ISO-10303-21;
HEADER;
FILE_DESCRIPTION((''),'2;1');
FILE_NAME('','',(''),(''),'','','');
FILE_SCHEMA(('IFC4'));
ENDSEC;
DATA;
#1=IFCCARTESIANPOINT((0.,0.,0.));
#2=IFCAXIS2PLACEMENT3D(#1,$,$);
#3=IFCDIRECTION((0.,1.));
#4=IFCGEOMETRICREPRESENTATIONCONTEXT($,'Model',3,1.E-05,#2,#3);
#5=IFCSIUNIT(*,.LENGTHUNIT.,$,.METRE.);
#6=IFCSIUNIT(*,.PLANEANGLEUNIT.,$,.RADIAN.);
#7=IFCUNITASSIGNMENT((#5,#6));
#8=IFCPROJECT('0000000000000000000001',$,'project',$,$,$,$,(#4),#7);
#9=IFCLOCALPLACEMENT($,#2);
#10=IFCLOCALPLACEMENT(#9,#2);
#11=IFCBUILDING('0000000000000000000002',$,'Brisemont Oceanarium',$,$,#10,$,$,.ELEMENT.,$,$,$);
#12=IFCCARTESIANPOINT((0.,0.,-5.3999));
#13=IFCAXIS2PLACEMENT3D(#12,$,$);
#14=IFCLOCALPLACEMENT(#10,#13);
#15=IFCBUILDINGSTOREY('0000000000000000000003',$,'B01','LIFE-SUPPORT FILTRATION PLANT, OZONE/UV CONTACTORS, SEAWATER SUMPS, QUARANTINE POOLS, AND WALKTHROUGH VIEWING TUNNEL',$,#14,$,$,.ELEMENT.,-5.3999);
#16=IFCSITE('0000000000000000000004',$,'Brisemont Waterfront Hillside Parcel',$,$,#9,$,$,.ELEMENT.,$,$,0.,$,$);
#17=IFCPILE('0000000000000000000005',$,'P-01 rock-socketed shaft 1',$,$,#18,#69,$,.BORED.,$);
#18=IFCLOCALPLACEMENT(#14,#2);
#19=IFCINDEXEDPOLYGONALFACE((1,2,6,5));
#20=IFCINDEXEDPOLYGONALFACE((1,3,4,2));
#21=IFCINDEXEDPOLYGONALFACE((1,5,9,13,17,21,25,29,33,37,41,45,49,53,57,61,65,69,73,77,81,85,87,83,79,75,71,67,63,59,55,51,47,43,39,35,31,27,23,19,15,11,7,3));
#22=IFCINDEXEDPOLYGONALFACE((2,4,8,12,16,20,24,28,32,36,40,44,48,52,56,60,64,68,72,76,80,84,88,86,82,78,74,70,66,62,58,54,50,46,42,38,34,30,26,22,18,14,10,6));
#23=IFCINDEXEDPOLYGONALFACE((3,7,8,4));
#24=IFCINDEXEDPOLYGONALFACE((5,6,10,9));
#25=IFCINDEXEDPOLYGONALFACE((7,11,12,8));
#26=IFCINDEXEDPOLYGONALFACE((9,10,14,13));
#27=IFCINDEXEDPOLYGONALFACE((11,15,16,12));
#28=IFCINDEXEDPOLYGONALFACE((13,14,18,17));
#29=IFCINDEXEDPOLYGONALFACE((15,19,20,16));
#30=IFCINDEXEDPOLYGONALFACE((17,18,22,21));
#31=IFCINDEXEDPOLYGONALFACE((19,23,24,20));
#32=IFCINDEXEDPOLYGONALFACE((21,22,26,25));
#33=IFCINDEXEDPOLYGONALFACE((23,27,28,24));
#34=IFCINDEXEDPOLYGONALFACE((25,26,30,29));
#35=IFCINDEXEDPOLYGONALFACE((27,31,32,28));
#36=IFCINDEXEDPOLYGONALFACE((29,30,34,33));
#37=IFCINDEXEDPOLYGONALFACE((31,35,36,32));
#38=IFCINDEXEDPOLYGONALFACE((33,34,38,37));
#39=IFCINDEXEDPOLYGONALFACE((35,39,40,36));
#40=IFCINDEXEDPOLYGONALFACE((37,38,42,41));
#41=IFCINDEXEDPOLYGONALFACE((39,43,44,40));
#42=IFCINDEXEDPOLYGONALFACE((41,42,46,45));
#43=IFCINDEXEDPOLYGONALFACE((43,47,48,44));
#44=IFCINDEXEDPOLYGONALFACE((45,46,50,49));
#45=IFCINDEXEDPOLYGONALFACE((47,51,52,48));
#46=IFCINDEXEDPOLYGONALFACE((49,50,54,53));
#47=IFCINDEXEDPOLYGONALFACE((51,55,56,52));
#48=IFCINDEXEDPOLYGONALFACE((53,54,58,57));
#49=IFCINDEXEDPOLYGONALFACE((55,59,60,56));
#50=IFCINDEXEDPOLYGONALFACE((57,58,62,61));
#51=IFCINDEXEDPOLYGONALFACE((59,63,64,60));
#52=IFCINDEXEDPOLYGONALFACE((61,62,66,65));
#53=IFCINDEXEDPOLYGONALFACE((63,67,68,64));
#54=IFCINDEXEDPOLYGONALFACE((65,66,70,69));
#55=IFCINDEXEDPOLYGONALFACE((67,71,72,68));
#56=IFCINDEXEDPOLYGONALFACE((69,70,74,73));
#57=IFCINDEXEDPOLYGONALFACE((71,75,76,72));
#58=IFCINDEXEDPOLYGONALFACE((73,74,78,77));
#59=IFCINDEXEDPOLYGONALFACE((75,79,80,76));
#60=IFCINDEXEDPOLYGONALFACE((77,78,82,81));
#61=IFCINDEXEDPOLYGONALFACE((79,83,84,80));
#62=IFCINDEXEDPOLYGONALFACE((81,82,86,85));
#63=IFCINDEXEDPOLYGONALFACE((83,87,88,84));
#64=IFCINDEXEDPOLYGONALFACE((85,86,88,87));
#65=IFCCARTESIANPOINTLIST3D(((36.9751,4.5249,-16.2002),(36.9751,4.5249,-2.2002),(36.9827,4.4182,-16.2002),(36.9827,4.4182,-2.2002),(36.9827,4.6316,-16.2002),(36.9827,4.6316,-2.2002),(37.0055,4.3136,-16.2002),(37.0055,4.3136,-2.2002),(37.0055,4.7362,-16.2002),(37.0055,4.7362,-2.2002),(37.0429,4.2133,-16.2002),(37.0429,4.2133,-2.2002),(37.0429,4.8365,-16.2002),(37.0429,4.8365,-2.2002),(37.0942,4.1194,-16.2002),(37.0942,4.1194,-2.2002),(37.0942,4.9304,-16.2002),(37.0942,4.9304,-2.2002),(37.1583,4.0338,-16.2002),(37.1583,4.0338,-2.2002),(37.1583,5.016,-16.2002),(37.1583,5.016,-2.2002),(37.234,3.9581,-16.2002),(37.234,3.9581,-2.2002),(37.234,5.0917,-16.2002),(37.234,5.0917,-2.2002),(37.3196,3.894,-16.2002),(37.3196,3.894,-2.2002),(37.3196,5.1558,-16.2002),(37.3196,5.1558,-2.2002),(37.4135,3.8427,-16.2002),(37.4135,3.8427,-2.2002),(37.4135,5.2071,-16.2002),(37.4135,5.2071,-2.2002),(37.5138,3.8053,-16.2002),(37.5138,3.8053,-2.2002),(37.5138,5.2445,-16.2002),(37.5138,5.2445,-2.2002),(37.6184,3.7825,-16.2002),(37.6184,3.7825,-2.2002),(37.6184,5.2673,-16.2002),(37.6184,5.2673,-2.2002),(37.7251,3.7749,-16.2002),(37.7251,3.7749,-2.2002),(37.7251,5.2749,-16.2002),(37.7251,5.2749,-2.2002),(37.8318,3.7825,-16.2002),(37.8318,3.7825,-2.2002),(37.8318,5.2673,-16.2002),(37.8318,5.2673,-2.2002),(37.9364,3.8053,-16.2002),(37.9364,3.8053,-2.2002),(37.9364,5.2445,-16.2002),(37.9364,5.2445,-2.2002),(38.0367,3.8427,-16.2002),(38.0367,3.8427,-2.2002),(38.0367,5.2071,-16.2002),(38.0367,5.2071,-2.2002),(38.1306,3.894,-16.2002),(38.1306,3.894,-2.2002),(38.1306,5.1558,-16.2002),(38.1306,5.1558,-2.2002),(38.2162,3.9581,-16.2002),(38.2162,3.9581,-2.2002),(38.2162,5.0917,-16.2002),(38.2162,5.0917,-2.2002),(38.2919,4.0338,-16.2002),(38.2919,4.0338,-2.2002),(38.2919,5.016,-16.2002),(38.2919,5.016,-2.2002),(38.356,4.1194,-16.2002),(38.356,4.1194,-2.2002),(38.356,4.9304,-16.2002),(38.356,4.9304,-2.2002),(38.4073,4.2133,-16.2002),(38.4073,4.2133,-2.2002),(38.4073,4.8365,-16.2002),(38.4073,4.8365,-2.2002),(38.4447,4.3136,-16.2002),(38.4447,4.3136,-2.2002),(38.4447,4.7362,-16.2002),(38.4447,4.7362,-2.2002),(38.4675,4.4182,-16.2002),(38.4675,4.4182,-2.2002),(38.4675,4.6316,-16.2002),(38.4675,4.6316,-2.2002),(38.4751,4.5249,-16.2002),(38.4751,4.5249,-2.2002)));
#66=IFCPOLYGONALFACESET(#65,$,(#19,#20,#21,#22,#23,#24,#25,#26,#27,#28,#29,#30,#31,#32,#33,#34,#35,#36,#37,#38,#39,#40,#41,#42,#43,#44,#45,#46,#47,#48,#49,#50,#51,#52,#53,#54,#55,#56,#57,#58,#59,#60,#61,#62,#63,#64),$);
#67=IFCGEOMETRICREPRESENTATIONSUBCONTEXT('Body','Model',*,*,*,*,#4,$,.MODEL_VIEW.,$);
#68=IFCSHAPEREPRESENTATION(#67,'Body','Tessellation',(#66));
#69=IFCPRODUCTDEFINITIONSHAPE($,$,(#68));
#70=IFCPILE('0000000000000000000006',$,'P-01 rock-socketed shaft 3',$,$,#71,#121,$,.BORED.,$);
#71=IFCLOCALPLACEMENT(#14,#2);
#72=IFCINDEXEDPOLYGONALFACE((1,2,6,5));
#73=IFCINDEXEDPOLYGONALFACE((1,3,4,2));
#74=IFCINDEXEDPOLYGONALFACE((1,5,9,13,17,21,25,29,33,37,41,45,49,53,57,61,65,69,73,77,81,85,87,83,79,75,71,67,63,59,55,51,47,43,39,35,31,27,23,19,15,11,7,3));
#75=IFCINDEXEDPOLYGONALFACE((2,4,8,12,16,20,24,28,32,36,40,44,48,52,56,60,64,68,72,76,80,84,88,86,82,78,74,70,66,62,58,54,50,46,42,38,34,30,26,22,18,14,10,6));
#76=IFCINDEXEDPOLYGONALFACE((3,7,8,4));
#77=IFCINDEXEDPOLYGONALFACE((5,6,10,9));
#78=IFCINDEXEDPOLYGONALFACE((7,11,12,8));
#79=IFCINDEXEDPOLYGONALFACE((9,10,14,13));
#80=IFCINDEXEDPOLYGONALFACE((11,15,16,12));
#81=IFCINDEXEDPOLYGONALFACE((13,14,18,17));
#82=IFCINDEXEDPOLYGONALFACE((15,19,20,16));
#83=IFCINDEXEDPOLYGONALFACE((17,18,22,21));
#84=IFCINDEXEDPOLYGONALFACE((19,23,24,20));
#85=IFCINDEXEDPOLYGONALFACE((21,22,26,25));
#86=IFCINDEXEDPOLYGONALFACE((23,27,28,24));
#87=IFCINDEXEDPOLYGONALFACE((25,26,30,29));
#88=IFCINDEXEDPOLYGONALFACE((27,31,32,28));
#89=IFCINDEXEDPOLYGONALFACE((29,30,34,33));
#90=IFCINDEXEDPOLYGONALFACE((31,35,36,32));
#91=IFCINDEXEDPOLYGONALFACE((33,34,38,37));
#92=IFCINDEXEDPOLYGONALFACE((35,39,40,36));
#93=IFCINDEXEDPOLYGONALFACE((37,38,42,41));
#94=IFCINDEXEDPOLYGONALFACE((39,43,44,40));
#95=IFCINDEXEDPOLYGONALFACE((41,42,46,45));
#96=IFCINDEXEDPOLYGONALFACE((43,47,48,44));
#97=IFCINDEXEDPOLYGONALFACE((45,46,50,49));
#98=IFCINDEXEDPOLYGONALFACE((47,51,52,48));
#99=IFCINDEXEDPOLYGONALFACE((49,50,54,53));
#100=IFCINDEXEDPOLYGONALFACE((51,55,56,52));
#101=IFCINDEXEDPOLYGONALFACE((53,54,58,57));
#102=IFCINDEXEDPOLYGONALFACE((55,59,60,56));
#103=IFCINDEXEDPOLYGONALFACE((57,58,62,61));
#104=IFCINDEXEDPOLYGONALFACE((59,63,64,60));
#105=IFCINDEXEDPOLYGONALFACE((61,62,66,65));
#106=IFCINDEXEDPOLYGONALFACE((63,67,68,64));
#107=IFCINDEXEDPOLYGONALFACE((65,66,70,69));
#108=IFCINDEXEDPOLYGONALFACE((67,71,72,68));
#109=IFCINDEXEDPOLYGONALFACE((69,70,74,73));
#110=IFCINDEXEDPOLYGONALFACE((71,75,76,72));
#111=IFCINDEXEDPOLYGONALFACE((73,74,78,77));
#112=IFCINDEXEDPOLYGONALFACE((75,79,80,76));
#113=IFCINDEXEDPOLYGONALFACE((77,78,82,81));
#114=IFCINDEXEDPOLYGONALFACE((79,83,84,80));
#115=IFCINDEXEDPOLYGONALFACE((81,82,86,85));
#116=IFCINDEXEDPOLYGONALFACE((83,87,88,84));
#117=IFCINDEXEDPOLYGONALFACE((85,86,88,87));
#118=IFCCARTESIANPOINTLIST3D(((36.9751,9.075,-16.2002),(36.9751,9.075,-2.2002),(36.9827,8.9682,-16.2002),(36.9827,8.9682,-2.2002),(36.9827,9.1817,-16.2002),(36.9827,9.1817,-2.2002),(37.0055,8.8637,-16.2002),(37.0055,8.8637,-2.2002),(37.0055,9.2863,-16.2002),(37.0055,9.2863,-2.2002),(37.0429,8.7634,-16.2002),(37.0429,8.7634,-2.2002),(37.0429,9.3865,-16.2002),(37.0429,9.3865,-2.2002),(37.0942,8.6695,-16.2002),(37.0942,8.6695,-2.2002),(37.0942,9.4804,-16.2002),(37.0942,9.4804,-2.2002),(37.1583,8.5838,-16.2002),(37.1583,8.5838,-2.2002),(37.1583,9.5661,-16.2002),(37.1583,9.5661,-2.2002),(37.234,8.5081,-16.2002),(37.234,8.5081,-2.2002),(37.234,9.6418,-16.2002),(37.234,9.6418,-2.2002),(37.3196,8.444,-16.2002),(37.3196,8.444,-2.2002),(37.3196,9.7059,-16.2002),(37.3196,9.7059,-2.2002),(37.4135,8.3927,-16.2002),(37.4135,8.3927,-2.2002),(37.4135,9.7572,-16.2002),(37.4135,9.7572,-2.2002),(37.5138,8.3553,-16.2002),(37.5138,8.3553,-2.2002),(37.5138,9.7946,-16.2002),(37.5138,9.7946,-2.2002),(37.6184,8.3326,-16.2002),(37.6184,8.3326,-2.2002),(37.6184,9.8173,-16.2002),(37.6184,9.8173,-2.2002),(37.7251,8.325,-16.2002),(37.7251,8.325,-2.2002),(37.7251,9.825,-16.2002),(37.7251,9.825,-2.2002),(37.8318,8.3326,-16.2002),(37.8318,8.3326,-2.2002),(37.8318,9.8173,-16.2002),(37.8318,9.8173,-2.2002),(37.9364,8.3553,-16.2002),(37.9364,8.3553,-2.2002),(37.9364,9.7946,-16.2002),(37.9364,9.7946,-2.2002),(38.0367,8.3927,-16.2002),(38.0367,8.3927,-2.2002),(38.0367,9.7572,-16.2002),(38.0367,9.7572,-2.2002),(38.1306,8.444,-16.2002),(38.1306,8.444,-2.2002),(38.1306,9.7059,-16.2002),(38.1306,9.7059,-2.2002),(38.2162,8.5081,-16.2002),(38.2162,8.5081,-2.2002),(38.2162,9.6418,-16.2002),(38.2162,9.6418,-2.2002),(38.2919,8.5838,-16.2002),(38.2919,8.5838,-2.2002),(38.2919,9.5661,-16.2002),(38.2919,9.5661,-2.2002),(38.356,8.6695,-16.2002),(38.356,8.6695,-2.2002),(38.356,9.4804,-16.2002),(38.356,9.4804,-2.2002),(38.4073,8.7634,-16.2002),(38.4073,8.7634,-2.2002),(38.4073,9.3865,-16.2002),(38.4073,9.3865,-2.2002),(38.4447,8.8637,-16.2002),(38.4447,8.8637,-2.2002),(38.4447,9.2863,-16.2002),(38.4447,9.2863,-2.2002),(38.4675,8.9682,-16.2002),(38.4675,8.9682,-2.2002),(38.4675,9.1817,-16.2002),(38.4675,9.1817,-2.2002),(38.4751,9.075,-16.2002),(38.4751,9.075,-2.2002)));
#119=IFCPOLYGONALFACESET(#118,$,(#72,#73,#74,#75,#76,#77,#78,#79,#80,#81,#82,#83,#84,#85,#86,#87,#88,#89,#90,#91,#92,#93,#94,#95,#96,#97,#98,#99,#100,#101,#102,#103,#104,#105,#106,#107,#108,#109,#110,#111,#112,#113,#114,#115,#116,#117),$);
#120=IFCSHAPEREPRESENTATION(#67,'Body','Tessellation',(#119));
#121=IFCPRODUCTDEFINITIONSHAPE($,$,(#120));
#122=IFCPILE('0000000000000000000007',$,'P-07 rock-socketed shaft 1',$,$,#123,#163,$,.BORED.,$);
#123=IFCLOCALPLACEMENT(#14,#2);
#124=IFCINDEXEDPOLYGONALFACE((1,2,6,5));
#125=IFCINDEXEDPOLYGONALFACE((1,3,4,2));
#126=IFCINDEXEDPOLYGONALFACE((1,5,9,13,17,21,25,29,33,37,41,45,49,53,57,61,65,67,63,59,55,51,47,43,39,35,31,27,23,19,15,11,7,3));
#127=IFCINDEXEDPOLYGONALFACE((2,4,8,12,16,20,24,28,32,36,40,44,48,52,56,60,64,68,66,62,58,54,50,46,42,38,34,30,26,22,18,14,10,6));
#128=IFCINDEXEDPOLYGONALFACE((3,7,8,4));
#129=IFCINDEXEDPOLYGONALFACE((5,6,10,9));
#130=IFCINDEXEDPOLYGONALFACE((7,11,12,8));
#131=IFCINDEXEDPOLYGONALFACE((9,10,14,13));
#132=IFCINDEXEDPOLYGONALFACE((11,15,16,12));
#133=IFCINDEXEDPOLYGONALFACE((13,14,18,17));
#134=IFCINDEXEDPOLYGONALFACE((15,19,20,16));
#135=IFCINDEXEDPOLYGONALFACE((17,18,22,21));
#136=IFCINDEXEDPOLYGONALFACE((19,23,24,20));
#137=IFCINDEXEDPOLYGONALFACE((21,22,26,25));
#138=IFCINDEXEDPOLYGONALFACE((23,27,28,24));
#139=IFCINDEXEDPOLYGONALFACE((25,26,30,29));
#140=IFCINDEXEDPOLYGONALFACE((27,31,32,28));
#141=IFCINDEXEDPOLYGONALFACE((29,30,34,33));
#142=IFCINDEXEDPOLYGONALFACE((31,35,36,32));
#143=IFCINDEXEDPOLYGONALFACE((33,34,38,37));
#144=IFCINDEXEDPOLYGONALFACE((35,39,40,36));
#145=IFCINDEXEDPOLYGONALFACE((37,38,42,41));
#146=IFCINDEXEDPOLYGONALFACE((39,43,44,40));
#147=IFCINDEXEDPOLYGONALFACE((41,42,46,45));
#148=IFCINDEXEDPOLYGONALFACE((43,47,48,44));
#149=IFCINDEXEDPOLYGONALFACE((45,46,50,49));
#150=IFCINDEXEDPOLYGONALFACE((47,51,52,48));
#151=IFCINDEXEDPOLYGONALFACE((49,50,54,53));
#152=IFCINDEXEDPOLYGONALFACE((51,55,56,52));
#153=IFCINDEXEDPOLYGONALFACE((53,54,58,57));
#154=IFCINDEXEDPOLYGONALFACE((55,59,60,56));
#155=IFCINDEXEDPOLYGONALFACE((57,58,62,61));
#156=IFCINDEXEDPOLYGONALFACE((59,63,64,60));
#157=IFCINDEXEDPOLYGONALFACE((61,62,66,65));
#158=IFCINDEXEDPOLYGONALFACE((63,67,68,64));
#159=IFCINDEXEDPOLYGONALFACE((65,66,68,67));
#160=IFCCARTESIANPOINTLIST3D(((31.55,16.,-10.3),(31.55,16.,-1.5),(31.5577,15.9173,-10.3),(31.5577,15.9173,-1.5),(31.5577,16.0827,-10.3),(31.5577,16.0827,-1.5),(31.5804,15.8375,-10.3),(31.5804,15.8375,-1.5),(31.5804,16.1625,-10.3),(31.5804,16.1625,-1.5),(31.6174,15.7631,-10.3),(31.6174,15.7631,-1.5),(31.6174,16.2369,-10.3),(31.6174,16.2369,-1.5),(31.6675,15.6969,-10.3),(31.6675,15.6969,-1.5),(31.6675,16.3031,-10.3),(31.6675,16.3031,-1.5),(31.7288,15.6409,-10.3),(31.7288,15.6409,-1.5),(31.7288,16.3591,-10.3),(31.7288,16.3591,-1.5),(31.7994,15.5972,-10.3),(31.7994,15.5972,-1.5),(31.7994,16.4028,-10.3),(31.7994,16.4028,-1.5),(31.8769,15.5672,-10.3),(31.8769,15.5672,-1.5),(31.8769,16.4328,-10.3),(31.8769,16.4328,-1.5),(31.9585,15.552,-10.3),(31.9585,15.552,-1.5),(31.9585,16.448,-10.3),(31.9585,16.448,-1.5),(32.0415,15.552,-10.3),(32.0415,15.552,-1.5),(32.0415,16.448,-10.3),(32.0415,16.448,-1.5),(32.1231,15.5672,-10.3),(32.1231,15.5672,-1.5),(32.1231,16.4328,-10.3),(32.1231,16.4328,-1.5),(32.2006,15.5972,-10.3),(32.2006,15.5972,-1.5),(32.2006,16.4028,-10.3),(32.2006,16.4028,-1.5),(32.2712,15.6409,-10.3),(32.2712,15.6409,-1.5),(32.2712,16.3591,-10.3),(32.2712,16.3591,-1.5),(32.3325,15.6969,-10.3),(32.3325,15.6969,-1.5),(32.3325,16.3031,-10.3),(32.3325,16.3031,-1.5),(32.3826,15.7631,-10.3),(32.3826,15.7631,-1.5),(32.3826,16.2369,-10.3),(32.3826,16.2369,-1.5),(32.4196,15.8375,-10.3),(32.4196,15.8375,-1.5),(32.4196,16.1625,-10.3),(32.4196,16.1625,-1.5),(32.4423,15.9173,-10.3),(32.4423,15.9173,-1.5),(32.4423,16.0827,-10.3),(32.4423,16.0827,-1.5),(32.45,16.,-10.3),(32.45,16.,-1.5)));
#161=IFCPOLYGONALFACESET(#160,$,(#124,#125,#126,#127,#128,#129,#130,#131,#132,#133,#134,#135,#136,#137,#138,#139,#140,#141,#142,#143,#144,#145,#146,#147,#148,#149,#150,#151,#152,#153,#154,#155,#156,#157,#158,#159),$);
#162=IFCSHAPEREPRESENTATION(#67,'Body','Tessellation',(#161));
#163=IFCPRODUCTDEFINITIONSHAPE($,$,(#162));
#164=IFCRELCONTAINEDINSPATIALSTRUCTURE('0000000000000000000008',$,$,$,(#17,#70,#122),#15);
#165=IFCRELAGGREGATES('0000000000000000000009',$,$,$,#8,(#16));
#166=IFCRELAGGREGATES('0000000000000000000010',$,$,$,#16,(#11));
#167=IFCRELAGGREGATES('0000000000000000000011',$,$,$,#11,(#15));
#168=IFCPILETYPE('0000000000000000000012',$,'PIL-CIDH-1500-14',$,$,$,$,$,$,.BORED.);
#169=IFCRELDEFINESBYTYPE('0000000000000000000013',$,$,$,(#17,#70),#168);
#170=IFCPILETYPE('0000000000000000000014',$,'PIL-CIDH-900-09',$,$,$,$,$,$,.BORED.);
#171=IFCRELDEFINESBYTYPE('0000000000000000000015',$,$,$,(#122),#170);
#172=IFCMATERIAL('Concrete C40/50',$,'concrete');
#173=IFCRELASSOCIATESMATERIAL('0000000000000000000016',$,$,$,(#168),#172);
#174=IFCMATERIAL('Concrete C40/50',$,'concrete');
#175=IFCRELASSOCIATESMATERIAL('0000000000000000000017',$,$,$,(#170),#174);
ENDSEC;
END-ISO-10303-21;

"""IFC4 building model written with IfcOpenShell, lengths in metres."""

from ifc_helpers import new_model, si_unit, direction, frame, origin, origin_2d, place, context, subcontext, project, spatial, circle, extrude, material, material_profile, profile_set, type_object, element, save


model = new_model("IFC4")

# Units and contexts
model_context = context("Model", 3, precision=1e-05, world=origin(), true_north=direction((0.0, 1.0)))
body_context = subcontext(model_context, "Body", "Model", "MODEL_VIEW")
ifc_project = project(units=[si_unit("LENGTHUNIT", "METRE"), si_unit("PLANEANGLEUNIT", "RADIAN")], contexts=[model_context])

# Site, building, storey
site_placement = place(None, origin())
site = spatial("IfcSite", under=ifc_project, at=site_placement, Name="Brisemont Waterfront Hillside Parcel", CompositionType="ELEMENT", RefElevation=0.0)
building_placement = place(site_placement, origin())
building = spatial("IfcBuilding", under=site, at=building_placement, Name="Brisemont Oceanarium", CompositionType="ELEMENT")
storey_placement = place(building_placement, frame((0.0, 0.0, -5.3999)))
storey = spatial("IfcBuildingStorey", under=building, at=storey_placement, Name="B01", Description="LIFE-SUPPORT FILTRATION PLANT, OZONE/UV CONTACTORS, SEAWATER SUMPS, QUARANTINE POOLS, AND WALKTHROUGH VIEWING TUNNEL", CompositionType="ELEMENT", Elevation=-5.3999)

# Piles
ifc_material_1 = material(Name="Concrete C40/50", Category="concrete")
ifc_material_profile_1 = material_profile(ifc_material_1, circle(Radius=0.75, at=origin_2d()), Name="CIDH-D1500")
ifc_profile_set_1 = profile_set([ifc_material_profile_1], Name="Concrete C40/50")
pile_type_1 = type_object("IfcPileType", Name="PIL-CIDH-1500-14", PredefinedType="BORED", material=ifc_profile_set_1)
for number, where, z_axis, x_axis, name in (
    (1, (37.7251, 4.5249, -2.2002), (0.0, 0.0, -1.0), (1.0, 0.0, 0.0), "P-01 rock-socketed shaft 1"),
    (2, (37.7251, 9.075, -2.2002), (0.0, 0.0, -1.0), (1.0, 0.0, 0.0), "P-01 rock-socketed shaft 3"),
):
    element("IfcPile", number, at=place(storey_placement, frame(where, z_axis=z_axis, x_axis=x_axis)), inside=storey, type_object=pile_type_1, Name=name, PredefinedType="BORED", context=body_context, shape_type="SweptSolid", body=[
        extrude(circle(Radius=0.75, at=origin_2d()), origin(), (0.0, 0.0, 1.0), 14.0),
    ])
ifc_material_2 = material(Name="Concrete C40/50", Category="concrete")
ifc_material_profile_2 = material_profile(ifc_material_2, circle(Radius=0.45, at=origin_2d()), Name="CIDH-D900")
ifc_profile_set_2 = profile_set([ifc_material_profile_2], Name="Concrete C40/50")
pile_type_2 = type_object("IfcPileType", Name="PIL-CIDH-900-09", PredefinedType="BORED", material=ifc_profile_set_2)
pile_placement = place(storey_placement, frame((32.0, 16.0, -1.5), z_axis=(0.0, 0.0, -1.0), x_axis=(1.0, 0.0, 0.0)))
element("IfcPile", 3, at=pile_placement, inside=storey, type_object=pile_type_2, Name="P-07 rock-socketed shaft 1", PredefinedType="BORED", context=body_context, shape_type="SweptSolid", body=[
    extrude(circle(Radius=0.45, at=origin_2d()), origin(), (0.0, 0.0, 1.0), 8.8),
])

save(model, "model.ifc")
